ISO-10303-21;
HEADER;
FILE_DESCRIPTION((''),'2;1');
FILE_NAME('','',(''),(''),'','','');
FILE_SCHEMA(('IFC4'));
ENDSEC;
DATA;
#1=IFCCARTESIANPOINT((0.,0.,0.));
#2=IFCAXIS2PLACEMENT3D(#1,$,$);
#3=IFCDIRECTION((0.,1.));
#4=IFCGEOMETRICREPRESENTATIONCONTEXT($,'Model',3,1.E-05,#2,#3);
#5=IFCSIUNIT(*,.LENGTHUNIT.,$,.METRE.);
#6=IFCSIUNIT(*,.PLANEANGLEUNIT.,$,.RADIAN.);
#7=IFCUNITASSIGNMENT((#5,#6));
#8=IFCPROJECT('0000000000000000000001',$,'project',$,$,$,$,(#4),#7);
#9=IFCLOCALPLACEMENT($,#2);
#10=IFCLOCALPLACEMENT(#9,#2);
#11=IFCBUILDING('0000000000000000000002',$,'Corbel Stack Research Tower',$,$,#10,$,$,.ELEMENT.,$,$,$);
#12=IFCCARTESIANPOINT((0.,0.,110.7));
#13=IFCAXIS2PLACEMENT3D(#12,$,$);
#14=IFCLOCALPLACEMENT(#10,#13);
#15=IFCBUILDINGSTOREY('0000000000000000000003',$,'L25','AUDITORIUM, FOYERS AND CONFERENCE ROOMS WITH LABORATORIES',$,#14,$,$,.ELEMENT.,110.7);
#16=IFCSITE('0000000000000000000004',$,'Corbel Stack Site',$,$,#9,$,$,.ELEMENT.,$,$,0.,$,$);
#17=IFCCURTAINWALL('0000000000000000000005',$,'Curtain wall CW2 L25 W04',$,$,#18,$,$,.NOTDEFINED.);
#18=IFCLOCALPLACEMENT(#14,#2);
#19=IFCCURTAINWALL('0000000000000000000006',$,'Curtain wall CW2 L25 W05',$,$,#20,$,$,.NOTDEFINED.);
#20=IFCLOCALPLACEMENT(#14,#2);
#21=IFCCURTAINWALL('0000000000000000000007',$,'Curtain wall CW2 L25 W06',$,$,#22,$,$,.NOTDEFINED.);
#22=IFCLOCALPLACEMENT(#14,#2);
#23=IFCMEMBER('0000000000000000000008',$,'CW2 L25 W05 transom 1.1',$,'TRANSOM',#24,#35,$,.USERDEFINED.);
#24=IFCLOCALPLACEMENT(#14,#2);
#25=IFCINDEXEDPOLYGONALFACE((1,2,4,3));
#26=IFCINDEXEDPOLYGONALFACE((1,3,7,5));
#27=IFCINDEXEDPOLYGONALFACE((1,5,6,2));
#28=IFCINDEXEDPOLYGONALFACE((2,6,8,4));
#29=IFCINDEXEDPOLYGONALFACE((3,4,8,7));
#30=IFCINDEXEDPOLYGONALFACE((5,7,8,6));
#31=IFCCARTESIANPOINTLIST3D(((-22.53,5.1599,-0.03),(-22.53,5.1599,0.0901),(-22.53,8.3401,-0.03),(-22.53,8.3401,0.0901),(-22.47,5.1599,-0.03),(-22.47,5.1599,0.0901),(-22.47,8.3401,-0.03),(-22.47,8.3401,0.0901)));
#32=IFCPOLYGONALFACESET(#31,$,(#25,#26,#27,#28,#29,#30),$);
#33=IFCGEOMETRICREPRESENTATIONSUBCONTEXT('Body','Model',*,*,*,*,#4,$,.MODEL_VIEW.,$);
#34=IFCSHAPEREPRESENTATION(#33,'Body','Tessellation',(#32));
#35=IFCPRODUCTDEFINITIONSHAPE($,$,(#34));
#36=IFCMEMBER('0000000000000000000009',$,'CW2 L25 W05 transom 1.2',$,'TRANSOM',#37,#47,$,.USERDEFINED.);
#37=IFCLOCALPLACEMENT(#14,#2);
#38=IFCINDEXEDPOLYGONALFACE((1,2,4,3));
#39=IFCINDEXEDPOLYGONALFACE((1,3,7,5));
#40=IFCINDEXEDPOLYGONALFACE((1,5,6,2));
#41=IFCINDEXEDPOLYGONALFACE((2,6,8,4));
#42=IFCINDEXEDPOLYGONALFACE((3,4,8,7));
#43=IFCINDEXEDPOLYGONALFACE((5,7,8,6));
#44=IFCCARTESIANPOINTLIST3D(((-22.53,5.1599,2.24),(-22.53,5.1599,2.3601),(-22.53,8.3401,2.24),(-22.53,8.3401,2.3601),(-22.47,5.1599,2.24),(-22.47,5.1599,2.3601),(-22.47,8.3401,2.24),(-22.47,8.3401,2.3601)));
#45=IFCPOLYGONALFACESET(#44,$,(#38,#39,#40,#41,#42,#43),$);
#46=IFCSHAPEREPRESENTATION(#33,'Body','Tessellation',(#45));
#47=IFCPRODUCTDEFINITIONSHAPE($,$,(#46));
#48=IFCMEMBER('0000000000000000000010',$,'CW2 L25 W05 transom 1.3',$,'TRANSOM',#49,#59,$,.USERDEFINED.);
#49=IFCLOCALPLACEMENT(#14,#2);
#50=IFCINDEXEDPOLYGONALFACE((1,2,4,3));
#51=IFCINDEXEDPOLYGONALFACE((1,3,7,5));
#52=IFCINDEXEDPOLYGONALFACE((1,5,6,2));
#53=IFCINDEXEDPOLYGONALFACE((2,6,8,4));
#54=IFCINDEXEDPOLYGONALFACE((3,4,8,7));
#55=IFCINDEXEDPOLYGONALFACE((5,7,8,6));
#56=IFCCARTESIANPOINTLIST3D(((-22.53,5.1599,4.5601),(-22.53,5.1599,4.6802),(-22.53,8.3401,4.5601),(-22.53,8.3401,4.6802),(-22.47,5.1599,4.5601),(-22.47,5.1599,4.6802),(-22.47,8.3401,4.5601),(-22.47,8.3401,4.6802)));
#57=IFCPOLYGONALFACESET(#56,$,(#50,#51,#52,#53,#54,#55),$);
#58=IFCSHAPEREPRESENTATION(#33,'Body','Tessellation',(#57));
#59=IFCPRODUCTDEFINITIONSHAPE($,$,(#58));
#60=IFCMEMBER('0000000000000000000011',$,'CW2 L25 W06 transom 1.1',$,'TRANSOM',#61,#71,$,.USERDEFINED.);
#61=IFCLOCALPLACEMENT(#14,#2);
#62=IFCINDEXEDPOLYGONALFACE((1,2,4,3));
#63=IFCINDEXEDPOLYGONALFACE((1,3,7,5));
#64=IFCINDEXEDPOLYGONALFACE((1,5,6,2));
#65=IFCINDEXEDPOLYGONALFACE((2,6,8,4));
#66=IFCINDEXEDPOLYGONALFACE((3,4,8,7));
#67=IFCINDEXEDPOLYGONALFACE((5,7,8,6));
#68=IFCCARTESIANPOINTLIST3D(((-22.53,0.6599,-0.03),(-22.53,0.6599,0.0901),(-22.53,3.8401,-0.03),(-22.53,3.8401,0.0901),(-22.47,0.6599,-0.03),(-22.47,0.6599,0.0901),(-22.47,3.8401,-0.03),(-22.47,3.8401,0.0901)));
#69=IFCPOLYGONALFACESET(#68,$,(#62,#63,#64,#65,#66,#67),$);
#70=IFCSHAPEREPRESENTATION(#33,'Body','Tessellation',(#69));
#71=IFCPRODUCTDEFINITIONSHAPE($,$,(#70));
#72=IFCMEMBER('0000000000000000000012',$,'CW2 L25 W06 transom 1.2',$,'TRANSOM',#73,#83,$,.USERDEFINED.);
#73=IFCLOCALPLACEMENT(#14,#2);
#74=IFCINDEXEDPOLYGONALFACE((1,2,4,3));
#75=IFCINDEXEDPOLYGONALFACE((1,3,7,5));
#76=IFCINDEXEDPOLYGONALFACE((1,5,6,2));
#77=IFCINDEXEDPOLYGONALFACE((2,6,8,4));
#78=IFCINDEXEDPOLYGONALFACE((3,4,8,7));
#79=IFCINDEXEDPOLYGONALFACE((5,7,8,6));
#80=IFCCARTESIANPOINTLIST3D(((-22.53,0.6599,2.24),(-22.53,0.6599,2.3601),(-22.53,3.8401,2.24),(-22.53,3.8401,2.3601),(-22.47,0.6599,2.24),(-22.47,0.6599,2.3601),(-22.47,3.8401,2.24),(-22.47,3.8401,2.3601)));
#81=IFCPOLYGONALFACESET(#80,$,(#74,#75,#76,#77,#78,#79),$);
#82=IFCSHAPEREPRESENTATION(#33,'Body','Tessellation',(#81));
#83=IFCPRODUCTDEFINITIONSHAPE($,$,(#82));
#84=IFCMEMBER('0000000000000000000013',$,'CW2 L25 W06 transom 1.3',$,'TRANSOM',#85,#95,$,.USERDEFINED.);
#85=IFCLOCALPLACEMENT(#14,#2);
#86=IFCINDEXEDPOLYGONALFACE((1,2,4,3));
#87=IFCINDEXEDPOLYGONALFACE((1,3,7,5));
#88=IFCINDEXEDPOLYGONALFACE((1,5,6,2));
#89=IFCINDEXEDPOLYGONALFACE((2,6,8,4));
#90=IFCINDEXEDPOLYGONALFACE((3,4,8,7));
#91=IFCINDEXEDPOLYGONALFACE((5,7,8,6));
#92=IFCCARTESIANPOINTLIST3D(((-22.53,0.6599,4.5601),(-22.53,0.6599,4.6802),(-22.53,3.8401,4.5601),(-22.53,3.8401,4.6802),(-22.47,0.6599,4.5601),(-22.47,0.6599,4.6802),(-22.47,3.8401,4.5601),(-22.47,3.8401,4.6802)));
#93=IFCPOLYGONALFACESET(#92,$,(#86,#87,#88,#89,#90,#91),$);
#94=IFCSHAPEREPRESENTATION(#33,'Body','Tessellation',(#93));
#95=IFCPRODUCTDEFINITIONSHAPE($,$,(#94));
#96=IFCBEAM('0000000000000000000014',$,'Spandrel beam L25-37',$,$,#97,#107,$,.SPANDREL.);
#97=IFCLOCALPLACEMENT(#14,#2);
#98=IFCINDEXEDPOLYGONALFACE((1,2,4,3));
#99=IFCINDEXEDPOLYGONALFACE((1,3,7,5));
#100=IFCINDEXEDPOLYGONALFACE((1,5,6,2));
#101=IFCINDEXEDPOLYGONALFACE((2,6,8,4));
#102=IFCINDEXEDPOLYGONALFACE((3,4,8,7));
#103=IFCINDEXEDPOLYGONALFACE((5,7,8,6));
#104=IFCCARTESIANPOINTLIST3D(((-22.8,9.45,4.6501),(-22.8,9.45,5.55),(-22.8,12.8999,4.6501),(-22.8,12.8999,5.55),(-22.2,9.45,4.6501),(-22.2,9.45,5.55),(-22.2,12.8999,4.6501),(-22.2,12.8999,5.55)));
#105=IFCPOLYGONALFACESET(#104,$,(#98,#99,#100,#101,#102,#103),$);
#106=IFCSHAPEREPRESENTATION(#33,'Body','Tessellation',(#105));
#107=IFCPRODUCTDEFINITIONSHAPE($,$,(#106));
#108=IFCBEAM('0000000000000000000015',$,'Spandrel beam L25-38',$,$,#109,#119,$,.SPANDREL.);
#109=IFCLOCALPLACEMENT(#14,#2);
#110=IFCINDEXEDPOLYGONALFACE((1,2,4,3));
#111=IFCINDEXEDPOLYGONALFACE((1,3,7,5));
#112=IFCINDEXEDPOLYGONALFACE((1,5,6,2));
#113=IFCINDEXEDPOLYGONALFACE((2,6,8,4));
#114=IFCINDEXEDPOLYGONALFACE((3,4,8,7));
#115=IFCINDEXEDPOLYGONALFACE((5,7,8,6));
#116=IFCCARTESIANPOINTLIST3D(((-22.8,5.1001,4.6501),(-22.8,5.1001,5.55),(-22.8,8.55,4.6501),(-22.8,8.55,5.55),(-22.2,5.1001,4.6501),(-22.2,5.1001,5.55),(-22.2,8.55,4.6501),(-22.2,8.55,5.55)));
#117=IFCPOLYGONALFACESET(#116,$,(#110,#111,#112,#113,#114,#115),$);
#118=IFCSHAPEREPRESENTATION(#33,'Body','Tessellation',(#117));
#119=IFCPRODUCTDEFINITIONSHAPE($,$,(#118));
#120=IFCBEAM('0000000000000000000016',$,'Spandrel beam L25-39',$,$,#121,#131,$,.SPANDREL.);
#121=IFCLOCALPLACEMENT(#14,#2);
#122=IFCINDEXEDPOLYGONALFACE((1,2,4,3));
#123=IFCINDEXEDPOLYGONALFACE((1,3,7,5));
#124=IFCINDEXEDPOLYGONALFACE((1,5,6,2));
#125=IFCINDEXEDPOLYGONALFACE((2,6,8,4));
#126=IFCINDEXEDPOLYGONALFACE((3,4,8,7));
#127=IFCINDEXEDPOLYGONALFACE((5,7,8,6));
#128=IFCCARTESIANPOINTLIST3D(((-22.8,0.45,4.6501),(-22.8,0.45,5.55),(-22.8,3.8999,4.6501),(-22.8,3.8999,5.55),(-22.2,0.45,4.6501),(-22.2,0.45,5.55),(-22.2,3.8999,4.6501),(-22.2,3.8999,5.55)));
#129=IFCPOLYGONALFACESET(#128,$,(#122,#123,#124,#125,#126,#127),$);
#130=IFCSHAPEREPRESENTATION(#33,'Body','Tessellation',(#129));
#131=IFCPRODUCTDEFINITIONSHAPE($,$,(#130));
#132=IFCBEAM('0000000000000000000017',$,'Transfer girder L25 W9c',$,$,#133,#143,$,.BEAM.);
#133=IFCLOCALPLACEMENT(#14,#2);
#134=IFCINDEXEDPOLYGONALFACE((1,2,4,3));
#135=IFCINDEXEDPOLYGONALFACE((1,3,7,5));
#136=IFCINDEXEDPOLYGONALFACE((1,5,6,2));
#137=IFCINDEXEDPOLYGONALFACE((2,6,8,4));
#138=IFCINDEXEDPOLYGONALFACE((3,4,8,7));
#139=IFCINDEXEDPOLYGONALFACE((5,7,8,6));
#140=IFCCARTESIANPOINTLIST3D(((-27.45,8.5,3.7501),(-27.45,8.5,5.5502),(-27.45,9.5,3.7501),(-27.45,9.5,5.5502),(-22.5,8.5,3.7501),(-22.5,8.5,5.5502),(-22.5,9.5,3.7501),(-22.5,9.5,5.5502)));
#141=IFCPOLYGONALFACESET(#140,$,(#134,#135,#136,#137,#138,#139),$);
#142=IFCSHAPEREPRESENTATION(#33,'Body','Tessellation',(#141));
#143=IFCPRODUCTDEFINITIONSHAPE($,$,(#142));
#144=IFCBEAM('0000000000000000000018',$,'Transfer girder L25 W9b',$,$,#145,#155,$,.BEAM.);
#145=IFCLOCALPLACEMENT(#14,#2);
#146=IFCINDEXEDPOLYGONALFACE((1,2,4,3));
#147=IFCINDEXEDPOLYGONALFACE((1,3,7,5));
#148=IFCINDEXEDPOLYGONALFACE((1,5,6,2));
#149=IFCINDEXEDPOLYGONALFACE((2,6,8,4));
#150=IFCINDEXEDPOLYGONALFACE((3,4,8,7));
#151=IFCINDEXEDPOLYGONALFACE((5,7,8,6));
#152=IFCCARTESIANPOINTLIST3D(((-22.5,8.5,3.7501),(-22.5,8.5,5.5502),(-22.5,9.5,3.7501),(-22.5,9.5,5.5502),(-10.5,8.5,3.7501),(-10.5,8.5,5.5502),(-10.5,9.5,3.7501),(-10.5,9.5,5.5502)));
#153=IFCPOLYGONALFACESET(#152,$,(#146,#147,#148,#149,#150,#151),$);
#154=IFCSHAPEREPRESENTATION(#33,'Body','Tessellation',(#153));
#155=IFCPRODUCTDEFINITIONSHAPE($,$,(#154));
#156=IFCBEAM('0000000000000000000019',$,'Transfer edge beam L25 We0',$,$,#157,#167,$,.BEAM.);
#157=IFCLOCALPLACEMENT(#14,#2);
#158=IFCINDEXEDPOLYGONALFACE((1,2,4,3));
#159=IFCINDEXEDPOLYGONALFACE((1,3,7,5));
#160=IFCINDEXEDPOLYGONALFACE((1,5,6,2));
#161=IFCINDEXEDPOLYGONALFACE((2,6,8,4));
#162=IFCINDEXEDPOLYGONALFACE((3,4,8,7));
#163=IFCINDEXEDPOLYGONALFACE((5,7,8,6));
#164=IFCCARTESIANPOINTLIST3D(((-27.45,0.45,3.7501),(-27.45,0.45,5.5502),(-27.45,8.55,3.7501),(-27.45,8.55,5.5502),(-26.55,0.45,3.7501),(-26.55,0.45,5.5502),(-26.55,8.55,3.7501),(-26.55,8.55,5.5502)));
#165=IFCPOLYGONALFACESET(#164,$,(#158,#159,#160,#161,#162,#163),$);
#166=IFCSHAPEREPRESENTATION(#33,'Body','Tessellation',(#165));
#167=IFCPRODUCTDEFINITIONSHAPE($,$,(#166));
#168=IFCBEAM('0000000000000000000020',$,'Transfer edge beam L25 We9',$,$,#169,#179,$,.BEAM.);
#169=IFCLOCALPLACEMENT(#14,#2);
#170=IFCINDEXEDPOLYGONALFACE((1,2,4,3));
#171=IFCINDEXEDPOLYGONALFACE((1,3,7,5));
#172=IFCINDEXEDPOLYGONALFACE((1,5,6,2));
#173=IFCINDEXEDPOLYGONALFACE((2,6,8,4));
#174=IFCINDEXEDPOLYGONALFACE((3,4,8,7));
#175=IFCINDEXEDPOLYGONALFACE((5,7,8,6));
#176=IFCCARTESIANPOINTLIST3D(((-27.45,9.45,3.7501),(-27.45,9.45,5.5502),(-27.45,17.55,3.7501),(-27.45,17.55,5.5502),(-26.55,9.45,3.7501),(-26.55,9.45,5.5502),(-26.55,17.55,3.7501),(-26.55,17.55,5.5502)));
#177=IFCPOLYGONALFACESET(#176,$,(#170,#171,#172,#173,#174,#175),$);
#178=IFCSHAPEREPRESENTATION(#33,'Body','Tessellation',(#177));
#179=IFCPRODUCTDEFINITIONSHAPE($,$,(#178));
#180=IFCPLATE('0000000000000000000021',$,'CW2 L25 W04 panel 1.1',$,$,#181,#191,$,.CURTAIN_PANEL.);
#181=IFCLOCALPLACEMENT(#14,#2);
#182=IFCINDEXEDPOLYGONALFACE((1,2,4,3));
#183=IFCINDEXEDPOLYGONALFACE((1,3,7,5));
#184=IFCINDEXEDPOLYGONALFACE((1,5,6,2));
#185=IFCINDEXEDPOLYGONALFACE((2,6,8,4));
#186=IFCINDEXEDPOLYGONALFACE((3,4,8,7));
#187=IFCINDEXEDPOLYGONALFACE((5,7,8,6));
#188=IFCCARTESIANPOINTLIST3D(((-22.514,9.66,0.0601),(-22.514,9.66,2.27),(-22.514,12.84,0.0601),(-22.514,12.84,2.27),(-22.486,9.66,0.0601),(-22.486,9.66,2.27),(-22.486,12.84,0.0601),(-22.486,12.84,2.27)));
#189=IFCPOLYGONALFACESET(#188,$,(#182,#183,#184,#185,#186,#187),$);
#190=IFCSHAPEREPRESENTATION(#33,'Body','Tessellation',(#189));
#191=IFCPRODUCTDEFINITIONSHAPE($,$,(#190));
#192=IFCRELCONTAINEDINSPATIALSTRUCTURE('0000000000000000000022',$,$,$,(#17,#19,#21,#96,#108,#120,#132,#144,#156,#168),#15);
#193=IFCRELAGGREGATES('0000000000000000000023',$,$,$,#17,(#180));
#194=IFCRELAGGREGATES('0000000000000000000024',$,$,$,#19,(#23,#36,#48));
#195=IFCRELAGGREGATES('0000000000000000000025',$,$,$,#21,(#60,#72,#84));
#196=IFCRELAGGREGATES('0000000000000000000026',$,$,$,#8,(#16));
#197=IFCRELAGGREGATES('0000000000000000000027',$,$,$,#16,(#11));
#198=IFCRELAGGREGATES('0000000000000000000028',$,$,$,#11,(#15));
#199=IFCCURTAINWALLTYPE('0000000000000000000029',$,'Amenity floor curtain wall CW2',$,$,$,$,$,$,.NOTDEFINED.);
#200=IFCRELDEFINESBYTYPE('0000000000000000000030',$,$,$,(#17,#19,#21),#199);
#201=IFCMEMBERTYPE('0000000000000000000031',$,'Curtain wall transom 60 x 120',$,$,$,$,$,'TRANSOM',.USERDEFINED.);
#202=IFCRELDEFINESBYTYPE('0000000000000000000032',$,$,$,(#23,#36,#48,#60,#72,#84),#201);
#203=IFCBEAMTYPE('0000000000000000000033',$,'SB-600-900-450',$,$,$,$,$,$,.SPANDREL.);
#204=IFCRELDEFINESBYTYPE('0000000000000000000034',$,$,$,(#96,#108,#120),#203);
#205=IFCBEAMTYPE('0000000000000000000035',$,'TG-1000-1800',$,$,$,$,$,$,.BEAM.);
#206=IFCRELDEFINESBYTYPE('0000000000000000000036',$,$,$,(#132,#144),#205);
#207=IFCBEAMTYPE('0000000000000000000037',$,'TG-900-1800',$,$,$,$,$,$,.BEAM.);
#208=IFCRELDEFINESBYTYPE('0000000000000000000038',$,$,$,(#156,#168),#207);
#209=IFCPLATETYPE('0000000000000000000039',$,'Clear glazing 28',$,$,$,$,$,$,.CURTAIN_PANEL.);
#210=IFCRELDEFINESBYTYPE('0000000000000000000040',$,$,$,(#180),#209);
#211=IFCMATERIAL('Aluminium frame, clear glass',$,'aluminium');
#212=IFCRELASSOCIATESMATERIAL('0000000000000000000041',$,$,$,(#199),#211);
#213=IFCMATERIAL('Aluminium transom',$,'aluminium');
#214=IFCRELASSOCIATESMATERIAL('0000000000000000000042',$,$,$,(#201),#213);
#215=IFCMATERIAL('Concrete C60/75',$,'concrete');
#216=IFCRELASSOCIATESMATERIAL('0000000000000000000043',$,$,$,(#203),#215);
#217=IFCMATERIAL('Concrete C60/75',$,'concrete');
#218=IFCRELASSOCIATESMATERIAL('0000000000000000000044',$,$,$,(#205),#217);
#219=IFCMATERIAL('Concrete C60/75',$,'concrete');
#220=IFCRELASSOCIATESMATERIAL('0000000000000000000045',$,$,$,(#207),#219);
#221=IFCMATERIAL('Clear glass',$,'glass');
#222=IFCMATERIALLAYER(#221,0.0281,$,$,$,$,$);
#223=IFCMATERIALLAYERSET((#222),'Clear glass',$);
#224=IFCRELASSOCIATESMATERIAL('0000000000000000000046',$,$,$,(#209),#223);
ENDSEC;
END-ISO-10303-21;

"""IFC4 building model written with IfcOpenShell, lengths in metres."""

from ifc_helpers import new_model, si_unit, direction, frame, origin, origin_2d, place, context, subcontext, project, spatial, rectangle, extrude, material, layer, layer_set, material_profile, profile_set, type_object, element, aggregate, save


model = new_model("IFC4")

# Units and contexts
model_context = context("Model", 3, precision=1e-05, world=origin(), true_north=direction((0.0, 1.0)))
body_context = subcontext(model_context, "Body", "Model", "MODEL_VIEW")
ifc_project = project(units=[si_unit("LENGTHUNIT", "METRE"), si_unit("PLANEANGLEUNIT", "RADIAN")], contexts=[model_context])

# Site, building, storey
site_placement = place(None, origin())
site = spatial("IfcSite", under=ifc_project, at=site_placement, Name="Corbel Stack Site", CompositionType="ELEMENT", RefElevation=0.0)
building_placement = place(site_placement, origin())
building = spatial("IfcBuilding", under=site, at=building_placement, Name="Corbel Stack Research Tower", CompositionType="ELEMENT")
storey_placement = place(building_placement, frame((0.0, 0.0, 110.7)))
storey = spatial("IfcBuildingStorey", under=building, at=storey_placement, Name="L25", Description="AUDITORIUM, FOYERS AND CONFERENCE ROOMS WITH LABORATORIES", CompositionType="ELEMENT", Elevation=110.7)

# Shared definitions
ifc_material_1 = material(Name="Aluminium frame, clear glass", Category="aluminium")
curtain_wall_type = type_object("IfcCurtainWallType", Name="Amenity floor curtain wall CW2", PredefinedType="NOTDEFINED", material=ifc_material_1)

# Curtain walls
curtain_wall_1_placement = place(storey_placement, origin())
curtain_wall_1 = element("IfcCurtainWall", 1, at=curtain_wall_1_placement, inside=storey, type_object=curtain_wall_type, Name="Curtain wall CW2 L25 W04", PredefinedType="NOTDEFINED")
curtain_wall_2_placement = place(storey_placement, origin())
curtain_wall_2 = element("IfcCurtainWall", 2, at=curtain_wall_2_placement, inside=storey, type_object=curtain_wall_type, Name="Curtain wall CW2 L25 W05", PredefinedType="NOTDEFINED")
curtain_wall_3_placement = place(storey_placement, origin())
curtain_wall_3 = element("IfcCurtainWall", 3, at=curtain_wall_3_placement, inside=storey, type_object=curtain_wall_type, Name="Curtain wall CW2 L25 W06", PredefinedType="NOTDEFINED")

# Members
ifc_material_2 = material(Name="Aluminium transom", Category="aluminium")
ifc_material_profile_1 = material_profile(ifc_material_2, rectangle(XDim=0.0601, YDim=0.1201, at=origin_2d()), Name="Transom 60 x 120")
ifc_profile_set_1 = profile_set([ifc_material_profile_1], Name="Aluminium transom")
member_type_1 = type_object("IfcMemberType", Name="Curtain wall transom 60 x 120", ElementType="TRANSOM", PredefinedType="USERDEFINED", material=ifc_profile_set_1)
member_1_placement = place(storey_placement, frame((-22.5, 8.3401, 0.03), z_axis=(0.0, -1.0, 0.0), x_axis=(1.0, 0.0, 0.0)))
member_1 = element("IfcMember", 4, at=member_1_placement, type_object=member_type_1, Name="CW2 L25 W05 transom 1.1", ObjectType="TRANSOM", PredefinedType="USERDEFINED", context=body_context, shape_type="SweptSolid", body=[
    extrude(rectangle(XDim=0.0601, YDim=0.1201, at=origin_2d()), origin(), (0.0, 0.0, 1.0), 3.1802),
])
member_2_placement = place(storey_placement, frame((-22.5, 8.3401, 2.3), z_axis=(0.0, -1.0, 0.0), x_axis=(1.0, 0.0, 0.0)))
member_2 = element("IfcMember", 5, at=member_2_placement, type_object=member_type_1, Name="CW2 L25 W05 transom 1.2", ObjectType="TRANSOM", PredefinedType="USERDEFINED", context=body_context, shape_type="SweptSolid", body=[
    extrude(rectangle(XDim=0.0601, YDim=0.1201, at=origin_2d()), origin(), (0.0, 0.0, 1.0), 3.1802),
])
member_3_placement = place(storey_placement, frame((-22.5, 8.3401, 4.6201), z_axis=(0.0, -1.0, 0.0), x_axis=(1.0, 0.0, 0.0)))
member_3 = element("IfcMember", 6, at=member_3_placement, type_object=member_type_1, Name="CW2 L25 W05 transom 1.3", ObjectType="TRANSOM", PredefinedType="USERDEFINED", context=body_context, shape_type="SweptSolid", body=[
    extrude(rectangle(XDim=0.0601, YDim=0.1201, at=origin_2d()), origin(), (0.0, 0.0, 1.0), 3.1802),
])
member_4_placement = place(storey_placement, frame((-22.5, 3.8401, 0.03), z_axis=(0.0, -1.0, 0.0), x_axis=(1.0, 0.0, 0.0)))
member_4 = element("IfcMember", 7, at=member_4_placement, type_object=member_type_1, Name="CW2 L25 W06 transom 1.1", ObjectType="TRANSOM", PredefinedType="USERDEFINED", context=body_context, shape_type="SweptSolid", body=[
    extrude(rectangle(XDim=0.0601, YDim=0.1201, at=origin_2d()), origin(), (0.0, 0.0, 1.0), 3.1802),
])
member_5_placement = place(storey_placement, frame((-22.5, 3.8401, 2.3), z_axis=(0.0, -1.0, 0.0), x_axis=(1.0, 0.0, 0.0)))
member_5 = element("IfcMember", 8, at=member_5_placement, type_object=member_type_1, Name="CW2 L25 W06 transom 1.2", ObjectType="TRANSOM", PredefinedType="USERDEFINED", context=body_context, shape_type="SweptSolid", body=[
    extrude(rectangle(XDim=0.0601, YDim=0.1201, at=origin_2d()), origin(), (0.0, 0.0, 1.0), 3.1802),
])
member_6_placement = place(storey_placement, frame((-22.5, 3.8401, 4.6201), z_axis=(0.0, -1.0, 0.0), x_axis=(1.0, 0.0, 0.0)))
member_6 = element("IfcMember", 9, at=member_6_placement, type_object=member_type_1, Name="CW2 L25 W06 transom 1.3", ObjectType="TRANSOM", PredefinedType="USERDEFINED", context=body_context, shape_type="SweptSolid", body=[
    extrude(rectangle(XDim=0.0601, YDim=0.1201, at=origin_2d()), origin(), (0.0, 0.0, 1.0), 3.1802),
])

# Beams
ifc_material_3 = material(Name="Concrete C60/75", Category="concrete")
ifc_material_profile_2 = material_profile(ifc_material_3, rectangle(XDim=0.6001, YDim=0.8999, at=origin_2d()), Name="RC 600 x 900")
ifc_profile_set_2 = profile_set([ifc_material_profile_2], Name="Concrete C60/75")
beam_type_1 = type_object("IfcBeamType", Name="SB-600-900-450", PredefinedType="SPANDREL", material=ifc_profile_set_2)
for number, where, z_axis, x_axis, name in (
    (10, (-22.5, 12.8999, 5.1001), (0.0, -1.0, 0.0), (1.0, 0.0, 0.0), "Spandrel beam L25-37"),
    (11, (-22.5, 8.55, 5.1001), (0.0, -1.0, 0.0), (1.0, 0.0, 0.0), "Spandrel beam L25-38"),
    (12, (-22.5, 3.8999, 5.1001), (0.0, -1.0, 0.0), (1.0, 0.0, 0.0), "Spandrel beam L25-39"),
):
    element("IfcBeam", number, at=place(storey_placement, frame(where, z_axis=z_axis, x_axis=x_axis)), inside=storey, type_object=beam_type_1, Name=name, PredefinedType="SPANDREL", context=body_context, shape_type="SweptSolid", body=[
        extrude(rectangle(XDim=0.6001, YDim=0.8999, at=origin_2d()), origin(), (0.0, 0.0, 1.0), 3.45),
    ])
ifc_material_4 = material(Name="Concrete C60/75", Category="concrete")
ifc_material_profile_3 = material_profile(ifc_material_4, rectangle(XDim=1.0, YDim=1.8, at=origin_2d()), Name="RC 1000 x 1800")
ifc_profile_set_3 = profile_set([ifc_material_profile_3], Name="Concrete C60/75")
beam_type_2 = type_object("IfcBeamType", Name="TG-1000-1800", PredefinedType="BEAM", material=ifc_profile_set_3)
beam_1_placement = place(storey_placement, frame((-27.45, 9.0, 4.6501), z_axis=(1.0, 0.0, 0.0), x_axis=(0.0, 1.0, 0.0)))
element("IfcBeam", 13, at=beam_1_placement, inside=storey, type_object=beam_type_2, Name="Transfer girder L25 W9c", PredefinedType="BEAM", context=body_context, shape_type="SweptSolid", body=[
    extrude(rectangle(XDim=1.0, YDim=1.8, at=origin_2d()), origin(), (0.0, 0.0, 1.0), 4.95),
])
beam_2_placement = place(storey_placement, frame((-22.5, 9.0, 4.6501), z_axis=(1.0, 0.0, 0.0), x_axis=(0.0, 1.0, 0.0)))
element("IfcBeam", 14, at=beam_2_placement, inside=storey, type_object=beam_type_2, Name="Transfer girder L25 W9b", PredefinedType="BEAM", context=body_context, shape_type="SweptSolid", body=[
    extrude(rectangle(XDim=1.0, YDim=1.8, at=origin_2d()), origin(), (0.0, 0.0, 1.0), 12.0),
])
ifc_material_5 = material(Name="Concrete C60/75", Category="concrete")
ifc_material_profile_4 = material_profile(ifc_material_5, rectangle(XDim=0.8999, YDim=1.8, at=origin_2d()), Name="RC 900 x 1800")
ifc_profile_set_4 = profile_set([ifc_material_profile_4], Name="Concrete C60/75")
beam_type_3 = type_object("IfcBeamType", Name="TG-900-1800", PredefinedType="BEAM", material=ifc_profile_set_4)
for number, where, z_axis, x_axis, name in (
    (15, (-27.0, 0.45, 4.6501), (0.0, 1.0, 0.0), (-1.0, 0.0, 0.0), "Transfer edge beam L25 We0"),
    (16, (-27.0, 9.45, 4.6501), (0.0, 1.0, 0.0), (-1.0, 0.0, 0.0), "Transfer edge beam L25 We9"),
):
    element("IfcBeam", number, at=place(storey_placement, frame(where, z_axis=z_axis, x_axis=x_axis)), inside=storey, type_object=beam_type_3, Name=name, PredefinedType="BEAM", context=body_context, shape_type="SweptSolid", body=[
        extrude(rectangle(XDim=0.8999, YDim=1.8, at=origin_2d()), origin(), (0.0, 0.0, 1.0), 8.1001),
    ])

# Plate
ifc_material_6 = material(Name="Clear glass", Category="glass")
ifc_layer_1 = layer(ifc_material_6, 0.0281)
ifc_layer_set_1 = layer_set([ifc_layer_1], Name="Clear glass")
plate_type = type_object("IfcPlateType", Name="Clear glazing 28", PredefinedType="CURTAIN_PANEL", material=ifc_layer_set_1)
plate_1_placement = place(storey_placement, frame((-22.5, 11.25, 0.0601), z_axis=(0.0, 0.0, 1.0), x_axis=(0.0, -1.0, 0.0)))
plate_1 = element("IfcPlate", 17, at=plate_1_placement, type_object=plate_type, Name="CW2 L25 W04 panel 1.1", PredefinedType="CURTAIN_PANEL", context=body_context, shape_type="SweptSolid", body=[
    extrude(rectangle(XDim=3.1799, YDim=0.0281, at=origin_2d()), origin(), (0.0, 0.0, 1.0), 2.21),
])
aggregate(curtain_wall_1, [plate_1])
aggregate(curtain_wall_2, [member_1, member_2, member_3])
aggregate(curtain_wall_3, [member_4, member_5, member_6])

save(model, "model.ifc")
